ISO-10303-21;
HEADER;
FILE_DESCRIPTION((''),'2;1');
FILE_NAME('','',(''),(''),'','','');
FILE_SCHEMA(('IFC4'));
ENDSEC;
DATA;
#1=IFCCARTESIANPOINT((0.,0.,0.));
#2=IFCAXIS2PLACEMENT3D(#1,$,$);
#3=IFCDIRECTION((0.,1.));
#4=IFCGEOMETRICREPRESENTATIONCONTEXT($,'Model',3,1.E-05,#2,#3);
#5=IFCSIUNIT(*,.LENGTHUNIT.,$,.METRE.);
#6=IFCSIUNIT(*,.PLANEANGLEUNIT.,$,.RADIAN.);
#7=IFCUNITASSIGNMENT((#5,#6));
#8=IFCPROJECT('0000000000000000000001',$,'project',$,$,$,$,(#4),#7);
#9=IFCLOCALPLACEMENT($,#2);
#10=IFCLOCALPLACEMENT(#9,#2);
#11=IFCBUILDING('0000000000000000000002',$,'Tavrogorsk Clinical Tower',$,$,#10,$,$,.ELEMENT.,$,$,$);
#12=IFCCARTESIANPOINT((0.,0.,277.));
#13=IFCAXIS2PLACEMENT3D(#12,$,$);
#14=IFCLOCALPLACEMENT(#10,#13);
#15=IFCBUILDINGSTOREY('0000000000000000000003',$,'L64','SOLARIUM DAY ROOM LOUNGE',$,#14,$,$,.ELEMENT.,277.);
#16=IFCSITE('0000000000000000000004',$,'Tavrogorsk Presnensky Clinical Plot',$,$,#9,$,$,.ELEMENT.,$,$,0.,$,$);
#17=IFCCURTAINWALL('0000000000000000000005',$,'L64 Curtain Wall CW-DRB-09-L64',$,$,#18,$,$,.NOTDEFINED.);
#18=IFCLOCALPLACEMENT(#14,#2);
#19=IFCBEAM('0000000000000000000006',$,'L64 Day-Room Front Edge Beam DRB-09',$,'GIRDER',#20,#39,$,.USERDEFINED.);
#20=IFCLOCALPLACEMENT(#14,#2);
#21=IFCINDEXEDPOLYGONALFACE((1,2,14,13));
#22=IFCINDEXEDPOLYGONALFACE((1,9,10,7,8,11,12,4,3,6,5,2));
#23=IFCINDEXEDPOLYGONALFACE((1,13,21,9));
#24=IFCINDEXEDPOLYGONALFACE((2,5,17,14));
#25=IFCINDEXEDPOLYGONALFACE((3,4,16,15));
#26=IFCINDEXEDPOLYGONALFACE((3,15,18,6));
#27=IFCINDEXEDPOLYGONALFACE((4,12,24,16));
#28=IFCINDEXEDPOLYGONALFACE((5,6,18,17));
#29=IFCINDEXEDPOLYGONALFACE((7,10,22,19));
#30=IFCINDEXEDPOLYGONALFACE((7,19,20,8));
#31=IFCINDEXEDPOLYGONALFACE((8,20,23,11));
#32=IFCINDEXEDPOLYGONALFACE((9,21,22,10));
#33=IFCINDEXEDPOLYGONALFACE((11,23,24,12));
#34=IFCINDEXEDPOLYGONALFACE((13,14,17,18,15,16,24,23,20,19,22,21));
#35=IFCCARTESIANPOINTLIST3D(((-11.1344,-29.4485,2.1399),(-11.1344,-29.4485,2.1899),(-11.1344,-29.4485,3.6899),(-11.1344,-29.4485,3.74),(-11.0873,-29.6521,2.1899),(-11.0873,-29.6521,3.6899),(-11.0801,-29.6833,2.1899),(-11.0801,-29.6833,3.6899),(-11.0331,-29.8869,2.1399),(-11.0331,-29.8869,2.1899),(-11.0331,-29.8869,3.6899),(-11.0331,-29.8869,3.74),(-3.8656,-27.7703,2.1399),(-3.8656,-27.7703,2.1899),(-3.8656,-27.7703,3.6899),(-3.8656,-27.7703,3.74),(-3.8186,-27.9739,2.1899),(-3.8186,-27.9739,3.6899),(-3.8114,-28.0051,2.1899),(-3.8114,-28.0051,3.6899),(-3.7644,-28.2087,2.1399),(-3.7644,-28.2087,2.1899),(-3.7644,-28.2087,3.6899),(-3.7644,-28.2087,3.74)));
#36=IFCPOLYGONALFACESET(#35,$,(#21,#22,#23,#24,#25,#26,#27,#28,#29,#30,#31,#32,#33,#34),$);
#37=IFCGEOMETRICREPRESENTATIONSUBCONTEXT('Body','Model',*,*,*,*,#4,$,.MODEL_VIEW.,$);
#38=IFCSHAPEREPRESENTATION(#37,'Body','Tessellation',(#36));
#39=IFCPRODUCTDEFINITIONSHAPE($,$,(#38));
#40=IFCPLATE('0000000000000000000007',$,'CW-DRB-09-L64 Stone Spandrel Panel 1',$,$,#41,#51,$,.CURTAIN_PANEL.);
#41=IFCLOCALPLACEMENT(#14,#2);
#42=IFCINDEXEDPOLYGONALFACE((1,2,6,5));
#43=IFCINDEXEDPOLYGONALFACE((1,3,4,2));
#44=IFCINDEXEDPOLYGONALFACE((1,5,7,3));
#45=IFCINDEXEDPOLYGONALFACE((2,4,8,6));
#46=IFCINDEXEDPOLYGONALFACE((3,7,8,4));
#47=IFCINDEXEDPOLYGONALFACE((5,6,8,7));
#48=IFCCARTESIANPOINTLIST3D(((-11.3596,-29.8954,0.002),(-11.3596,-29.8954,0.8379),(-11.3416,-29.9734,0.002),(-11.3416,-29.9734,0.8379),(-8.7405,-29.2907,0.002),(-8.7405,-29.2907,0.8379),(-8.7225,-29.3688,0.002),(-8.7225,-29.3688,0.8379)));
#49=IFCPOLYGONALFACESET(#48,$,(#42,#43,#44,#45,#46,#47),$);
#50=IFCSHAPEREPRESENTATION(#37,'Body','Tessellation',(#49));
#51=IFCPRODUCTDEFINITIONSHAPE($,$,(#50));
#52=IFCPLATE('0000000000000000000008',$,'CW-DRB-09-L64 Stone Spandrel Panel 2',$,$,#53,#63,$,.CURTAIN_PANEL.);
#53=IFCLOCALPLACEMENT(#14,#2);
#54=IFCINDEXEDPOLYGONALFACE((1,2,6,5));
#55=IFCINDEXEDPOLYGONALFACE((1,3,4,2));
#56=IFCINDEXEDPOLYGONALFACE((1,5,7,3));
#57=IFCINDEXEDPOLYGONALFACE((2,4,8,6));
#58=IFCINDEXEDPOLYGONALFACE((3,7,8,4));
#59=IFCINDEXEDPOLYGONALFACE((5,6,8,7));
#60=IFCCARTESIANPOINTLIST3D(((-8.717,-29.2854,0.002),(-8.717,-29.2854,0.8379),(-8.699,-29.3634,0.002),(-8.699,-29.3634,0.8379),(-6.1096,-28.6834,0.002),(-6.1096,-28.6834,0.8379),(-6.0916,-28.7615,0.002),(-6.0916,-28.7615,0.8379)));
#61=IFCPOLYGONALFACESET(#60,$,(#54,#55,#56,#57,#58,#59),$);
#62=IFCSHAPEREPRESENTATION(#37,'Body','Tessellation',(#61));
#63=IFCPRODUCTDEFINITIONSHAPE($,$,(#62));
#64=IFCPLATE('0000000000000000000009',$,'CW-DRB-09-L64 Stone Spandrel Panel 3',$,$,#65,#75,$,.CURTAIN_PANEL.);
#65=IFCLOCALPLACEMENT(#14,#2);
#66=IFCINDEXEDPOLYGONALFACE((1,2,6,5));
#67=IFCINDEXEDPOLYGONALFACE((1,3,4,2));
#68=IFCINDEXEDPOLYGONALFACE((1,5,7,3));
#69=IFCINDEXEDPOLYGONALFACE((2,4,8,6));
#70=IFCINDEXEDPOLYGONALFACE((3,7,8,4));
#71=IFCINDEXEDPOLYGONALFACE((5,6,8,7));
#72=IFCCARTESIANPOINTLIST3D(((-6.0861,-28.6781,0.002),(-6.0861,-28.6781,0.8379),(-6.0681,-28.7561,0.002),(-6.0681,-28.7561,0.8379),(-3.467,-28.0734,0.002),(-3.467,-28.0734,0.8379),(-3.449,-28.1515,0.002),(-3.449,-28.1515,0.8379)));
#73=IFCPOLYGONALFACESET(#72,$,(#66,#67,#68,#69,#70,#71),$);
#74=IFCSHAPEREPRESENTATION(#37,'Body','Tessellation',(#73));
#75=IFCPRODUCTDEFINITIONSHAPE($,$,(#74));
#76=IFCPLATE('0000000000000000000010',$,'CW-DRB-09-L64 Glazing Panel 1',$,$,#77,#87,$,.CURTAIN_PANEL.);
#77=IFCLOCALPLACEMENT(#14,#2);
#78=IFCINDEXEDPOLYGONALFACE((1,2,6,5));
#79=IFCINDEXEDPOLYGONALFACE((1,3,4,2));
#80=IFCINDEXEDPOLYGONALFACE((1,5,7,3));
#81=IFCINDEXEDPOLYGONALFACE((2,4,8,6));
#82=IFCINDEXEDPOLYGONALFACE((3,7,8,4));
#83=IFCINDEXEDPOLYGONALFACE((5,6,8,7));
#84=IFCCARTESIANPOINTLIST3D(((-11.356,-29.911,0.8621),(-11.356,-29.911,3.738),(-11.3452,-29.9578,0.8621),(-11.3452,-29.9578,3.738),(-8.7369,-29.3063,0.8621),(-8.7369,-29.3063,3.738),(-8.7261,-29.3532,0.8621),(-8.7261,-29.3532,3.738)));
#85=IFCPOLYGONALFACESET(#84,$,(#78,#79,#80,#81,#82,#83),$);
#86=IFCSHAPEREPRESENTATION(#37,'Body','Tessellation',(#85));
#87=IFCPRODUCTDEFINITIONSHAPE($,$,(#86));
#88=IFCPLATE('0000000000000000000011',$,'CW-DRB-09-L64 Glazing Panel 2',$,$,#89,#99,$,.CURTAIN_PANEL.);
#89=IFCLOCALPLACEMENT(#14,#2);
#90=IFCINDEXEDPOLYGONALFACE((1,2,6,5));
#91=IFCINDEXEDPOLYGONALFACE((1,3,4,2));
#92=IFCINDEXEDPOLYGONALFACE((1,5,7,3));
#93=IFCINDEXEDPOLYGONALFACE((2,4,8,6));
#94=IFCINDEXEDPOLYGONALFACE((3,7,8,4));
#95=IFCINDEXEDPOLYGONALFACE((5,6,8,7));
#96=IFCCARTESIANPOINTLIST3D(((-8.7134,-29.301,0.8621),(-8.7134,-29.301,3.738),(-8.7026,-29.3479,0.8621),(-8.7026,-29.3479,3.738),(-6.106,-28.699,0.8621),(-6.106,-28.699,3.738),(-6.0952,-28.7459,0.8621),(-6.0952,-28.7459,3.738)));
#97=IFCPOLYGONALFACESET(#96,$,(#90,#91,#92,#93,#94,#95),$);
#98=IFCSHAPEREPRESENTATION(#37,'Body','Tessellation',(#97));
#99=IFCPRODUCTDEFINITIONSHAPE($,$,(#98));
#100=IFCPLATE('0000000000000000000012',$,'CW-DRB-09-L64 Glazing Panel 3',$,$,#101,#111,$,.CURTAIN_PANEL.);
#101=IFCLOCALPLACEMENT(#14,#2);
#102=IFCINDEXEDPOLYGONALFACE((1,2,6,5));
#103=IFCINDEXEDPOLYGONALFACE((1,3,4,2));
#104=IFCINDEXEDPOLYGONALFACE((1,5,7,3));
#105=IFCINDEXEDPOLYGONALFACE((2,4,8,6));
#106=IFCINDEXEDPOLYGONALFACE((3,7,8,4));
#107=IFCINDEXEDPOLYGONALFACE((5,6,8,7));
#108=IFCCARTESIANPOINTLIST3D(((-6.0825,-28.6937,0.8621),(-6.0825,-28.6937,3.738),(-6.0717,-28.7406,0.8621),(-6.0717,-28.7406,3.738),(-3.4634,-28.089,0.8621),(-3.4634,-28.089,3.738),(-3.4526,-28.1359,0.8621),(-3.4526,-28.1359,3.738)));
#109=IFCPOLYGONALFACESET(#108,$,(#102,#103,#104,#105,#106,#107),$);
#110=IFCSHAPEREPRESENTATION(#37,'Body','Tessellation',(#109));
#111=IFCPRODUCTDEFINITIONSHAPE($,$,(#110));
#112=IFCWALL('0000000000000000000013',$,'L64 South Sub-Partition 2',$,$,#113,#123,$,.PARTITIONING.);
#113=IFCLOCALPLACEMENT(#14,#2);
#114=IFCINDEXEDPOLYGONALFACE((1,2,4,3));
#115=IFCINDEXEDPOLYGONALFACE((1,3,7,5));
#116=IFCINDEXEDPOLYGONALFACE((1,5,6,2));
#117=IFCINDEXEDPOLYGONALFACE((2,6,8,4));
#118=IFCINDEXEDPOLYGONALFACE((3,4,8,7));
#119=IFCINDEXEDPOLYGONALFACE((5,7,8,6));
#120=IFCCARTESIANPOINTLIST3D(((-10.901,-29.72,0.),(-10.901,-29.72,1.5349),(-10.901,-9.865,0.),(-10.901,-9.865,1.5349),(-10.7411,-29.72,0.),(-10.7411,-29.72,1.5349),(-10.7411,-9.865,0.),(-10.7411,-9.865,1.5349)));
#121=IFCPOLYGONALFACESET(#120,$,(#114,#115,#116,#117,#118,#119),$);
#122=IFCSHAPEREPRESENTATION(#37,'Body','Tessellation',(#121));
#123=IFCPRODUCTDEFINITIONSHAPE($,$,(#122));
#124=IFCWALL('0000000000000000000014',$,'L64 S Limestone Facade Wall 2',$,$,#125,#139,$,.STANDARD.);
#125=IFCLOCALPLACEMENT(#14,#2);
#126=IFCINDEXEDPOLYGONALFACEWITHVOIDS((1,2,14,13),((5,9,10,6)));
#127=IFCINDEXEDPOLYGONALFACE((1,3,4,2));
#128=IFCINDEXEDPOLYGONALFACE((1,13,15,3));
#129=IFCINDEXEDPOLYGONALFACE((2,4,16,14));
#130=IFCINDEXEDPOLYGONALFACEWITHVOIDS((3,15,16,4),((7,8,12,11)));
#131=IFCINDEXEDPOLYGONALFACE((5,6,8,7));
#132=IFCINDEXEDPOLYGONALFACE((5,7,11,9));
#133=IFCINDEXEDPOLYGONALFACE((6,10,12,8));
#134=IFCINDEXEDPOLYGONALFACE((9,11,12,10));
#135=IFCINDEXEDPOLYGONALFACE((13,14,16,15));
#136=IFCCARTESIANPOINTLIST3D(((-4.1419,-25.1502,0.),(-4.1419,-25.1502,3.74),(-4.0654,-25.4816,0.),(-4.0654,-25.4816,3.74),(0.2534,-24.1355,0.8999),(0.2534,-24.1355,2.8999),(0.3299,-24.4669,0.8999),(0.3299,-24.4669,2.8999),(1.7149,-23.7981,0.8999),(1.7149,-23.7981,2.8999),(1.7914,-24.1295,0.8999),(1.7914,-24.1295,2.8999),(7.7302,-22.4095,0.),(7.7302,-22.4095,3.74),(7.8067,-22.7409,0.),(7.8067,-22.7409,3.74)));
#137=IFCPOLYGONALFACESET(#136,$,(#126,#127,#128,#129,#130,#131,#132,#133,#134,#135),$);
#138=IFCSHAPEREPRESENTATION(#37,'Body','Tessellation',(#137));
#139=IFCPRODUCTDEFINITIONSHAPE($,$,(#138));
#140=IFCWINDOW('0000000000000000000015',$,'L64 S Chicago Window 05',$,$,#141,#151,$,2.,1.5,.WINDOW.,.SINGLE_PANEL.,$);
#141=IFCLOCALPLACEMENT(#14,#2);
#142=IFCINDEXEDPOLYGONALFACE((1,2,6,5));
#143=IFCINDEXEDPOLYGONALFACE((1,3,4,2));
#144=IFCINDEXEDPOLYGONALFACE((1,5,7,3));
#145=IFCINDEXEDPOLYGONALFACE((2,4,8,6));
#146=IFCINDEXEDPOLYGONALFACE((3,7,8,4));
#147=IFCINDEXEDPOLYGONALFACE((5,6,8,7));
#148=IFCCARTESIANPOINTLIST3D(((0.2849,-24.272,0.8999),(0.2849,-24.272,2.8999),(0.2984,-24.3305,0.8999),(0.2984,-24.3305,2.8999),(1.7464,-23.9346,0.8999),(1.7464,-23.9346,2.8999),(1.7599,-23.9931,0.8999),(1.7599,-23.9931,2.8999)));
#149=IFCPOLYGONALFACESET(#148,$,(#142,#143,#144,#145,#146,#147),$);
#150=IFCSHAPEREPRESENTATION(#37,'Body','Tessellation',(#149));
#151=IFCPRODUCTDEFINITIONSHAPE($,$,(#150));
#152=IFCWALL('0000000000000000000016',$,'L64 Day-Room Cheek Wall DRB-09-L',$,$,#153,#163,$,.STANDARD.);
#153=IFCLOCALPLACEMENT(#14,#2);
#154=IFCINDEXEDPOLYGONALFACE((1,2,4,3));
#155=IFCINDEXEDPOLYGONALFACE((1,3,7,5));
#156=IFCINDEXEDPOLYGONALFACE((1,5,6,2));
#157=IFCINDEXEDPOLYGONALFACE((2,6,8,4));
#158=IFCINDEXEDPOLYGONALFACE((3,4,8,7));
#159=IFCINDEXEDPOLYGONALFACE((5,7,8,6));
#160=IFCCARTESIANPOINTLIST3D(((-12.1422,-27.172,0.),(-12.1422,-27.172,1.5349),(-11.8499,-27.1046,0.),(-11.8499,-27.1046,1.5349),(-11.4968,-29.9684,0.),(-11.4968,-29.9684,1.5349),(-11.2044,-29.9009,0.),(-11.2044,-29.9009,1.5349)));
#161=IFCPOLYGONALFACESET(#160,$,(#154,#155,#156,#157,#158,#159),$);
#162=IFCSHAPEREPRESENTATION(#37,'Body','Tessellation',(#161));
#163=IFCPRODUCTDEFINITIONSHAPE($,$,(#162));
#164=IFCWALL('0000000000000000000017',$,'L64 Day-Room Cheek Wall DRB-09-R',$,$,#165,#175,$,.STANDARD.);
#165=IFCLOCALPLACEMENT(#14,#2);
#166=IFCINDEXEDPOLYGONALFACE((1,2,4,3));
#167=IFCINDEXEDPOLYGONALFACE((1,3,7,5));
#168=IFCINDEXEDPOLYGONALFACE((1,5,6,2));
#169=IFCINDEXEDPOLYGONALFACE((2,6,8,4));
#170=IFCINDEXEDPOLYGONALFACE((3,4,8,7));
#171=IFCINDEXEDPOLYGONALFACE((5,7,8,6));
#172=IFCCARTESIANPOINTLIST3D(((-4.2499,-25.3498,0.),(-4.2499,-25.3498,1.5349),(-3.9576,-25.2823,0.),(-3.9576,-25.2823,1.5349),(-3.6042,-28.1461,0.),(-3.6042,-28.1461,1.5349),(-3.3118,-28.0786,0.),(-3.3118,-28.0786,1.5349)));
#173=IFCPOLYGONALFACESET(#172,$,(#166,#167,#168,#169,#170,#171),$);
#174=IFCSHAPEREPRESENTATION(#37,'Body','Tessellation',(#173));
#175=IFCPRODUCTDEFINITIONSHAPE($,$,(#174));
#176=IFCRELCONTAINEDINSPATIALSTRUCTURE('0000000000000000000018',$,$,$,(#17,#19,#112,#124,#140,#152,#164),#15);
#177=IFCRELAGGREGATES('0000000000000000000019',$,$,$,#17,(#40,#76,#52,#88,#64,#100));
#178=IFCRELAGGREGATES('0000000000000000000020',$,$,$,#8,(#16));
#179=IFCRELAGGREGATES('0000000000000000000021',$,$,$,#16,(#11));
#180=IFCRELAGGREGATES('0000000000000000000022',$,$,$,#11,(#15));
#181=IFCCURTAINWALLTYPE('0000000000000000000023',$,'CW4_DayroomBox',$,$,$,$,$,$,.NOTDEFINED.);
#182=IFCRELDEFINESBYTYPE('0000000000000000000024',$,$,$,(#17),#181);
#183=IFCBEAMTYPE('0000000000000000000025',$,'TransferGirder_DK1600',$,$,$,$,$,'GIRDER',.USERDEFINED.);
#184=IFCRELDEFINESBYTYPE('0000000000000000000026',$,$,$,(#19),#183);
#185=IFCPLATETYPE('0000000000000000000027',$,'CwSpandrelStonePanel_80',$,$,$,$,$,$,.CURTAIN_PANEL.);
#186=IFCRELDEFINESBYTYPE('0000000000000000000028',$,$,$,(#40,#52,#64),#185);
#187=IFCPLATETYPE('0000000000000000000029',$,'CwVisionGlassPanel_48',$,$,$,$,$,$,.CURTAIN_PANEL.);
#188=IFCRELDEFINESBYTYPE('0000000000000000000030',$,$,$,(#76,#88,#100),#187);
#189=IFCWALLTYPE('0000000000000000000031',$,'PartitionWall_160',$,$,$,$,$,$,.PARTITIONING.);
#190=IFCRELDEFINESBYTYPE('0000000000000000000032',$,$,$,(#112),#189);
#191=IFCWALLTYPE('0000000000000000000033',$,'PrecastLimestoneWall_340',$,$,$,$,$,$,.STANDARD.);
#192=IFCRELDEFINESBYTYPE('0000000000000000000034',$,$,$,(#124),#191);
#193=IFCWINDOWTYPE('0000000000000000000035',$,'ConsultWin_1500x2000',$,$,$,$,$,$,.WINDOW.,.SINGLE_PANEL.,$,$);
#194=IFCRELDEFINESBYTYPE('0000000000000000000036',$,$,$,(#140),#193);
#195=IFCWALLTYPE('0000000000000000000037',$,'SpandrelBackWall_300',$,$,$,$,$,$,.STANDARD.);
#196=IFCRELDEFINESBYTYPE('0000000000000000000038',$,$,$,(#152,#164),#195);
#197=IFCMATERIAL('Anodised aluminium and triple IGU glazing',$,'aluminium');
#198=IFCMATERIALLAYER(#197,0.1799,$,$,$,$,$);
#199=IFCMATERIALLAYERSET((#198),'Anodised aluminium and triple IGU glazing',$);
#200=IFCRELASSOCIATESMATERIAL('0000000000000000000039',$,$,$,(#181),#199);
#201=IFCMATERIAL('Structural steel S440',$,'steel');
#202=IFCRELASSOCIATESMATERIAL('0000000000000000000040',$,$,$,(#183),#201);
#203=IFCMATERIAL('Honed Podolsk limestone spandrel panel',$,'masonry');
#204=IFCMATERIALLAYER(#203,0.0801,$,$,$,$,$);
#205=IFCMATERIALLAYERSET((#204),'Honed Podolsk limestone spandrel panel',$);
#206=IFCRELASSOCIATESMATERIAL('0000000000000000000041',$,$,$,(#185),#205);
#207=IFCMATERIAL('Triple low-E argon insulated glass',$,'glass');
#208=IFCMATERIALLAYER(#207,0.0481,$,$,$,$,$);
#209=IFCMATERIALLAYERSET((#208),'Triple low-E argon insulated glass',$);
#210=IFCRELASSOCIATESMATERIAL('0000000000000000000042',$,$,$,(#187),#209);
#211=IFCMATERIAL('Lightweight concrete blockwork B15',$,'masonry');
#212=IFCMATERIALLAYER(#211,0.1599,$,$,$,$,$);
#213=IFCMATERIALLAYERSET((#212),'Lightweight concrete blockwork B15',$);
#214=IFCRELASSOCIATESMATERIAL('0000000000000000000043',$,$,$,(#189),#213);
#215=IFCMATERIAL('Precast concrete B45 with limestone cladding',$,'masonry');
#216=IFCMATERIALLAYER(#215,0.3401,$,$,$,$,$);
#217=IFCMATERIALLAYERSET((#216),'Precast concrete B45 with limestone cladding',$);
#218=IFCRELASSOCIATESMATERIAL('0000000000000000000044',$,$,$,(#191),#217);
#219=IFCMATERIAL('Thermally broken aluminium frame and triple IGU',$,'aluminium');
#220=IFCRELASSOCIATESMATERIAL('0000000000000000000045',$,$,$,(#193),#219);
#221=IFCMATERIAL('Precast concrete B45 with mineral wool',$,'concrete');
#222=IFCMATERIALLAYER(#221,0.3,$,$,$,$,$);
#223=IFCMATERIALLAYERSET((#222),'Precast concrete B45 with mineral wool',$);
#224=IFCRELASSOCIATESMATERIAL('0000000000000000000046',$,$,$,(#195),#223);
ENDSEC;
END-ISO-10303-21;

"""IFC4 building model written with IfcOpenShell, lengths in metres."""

from ifc_helpers import new_model, si_unit, direction, frame, frame_2d, origin, origin_2d, place, context, subcontext, project, spatial, rectangle, i_section, extrude, material, layer, layer_set, material_profile, profile_set, type_object, element, fill, aggregate, save


model = new_model("IFC4")

# Units and contexts
model_context = context("Model", 3, precision=1e-05, world=origin(), true_north=direction((0.0, 1.0)))
body_context = subcontext(model_context, "Body", "Model", "MODEL_VIEW")
ifc_project = project(units=[si_unit("LENGTHUNIT", "METRE"), si_unit("PLANEANGLEUNIT", "RADIAN")], contexts=[model_context])

# Site, building, storey
site_placement = place(None, origin())
site = spatial("IfcSite", under=ifc_project, at=site_placement, Name="Tavrogorsk Presnensky Clinical Plot", CompositionType="ELEMENT", RefElevation=0.0)
building_placement = place(site_placement, origin())
building = spatial("IfcBuilding", under=site, at=building_placement, Name="Tavrogorsk Clinical Tower", CompositionType="ELEMENT")
storey_placement = place(building_placement, frame((0.0, 0.0, 277.0)))
storey = spatial("IfcBuildingStorey", under=building, at=storey_placement, Name="L64", Description="SOLARIUM DAY ROOM LOUNGE", CompositionType="ELEMENT", Elevation=277.0)

# Curtain wall
ifc_material_1 = material(Name="Anodised aluminium and triple IGU glazing", Category="aluminium")
ifc_layer_1 = layer(ifc_material_1, 0.1799)
ifc_layer_set_1 = layer_set([ifc_layer_1], Name="Anodised aluminium and triple IGU glazing")
curtain_wall_type = type_object("IfcCurtainWallType", Name="CW4_DayroomBox", PredefinedType="NOTDEFINED", material=ifc_layer_set_1)
curtain_wall_placement = place(storey_placement, origin())
curtain_wall = element("IfcCurtainWall", 1, at=curtain_wall_placement, inside=storey, type_object=curtain_wall_type, Name="L64 Curtain Wall CW-DRB-09-L64", PredefinedType="NOTDEFINED")

# Beam
ifc_material_2 = material(Name="Structural steel S440", Category="steel")
ifc_material_profile_1 = material_profile(ifc_material_2, i_section(OverallWidth=0.45, OverallDepth=1.6001, WebThickness=0.032, FlangeThickness=0.05, at=origin_2d()), Name="DK-1600x450x32x50")
ifc_profile_set_1 = profile_set([ifc_material_profile_1], Name="Structural steel S440")
beam_type_1 = type_object("IfcBeamType", Name="TransferGirder_DK1600", ElementType="GIRDER", PredefinedType="USERDEFINED", material=ifc_profile_set_1)
beam_1_placement = place(storey_placement, frame((-11.0837, -29.6677, 2.9399), z_axis=(0.974367, 0.224962, 0.0), x_axis=(-0.224962, 0.974367, 0.0)))
element("IfcBeam", 2, at=beam_1_placement, inside=storey, type_object=beam_type_1, Name="L64 Day-Room Front Edge Beam DRB-09", ObjectType="GIRDER", PredefinedType="USERDEFINED", context=body_context, shape_type="SweptSolid", body=[
    extrude(i_section(OverallWidth=0.45, OverallDepth=1.6001, WebThickness=0.032, FlangeThickness=0.05, at=origin_2d()), origin(), (0.0, 0.0, 1.0), 7.46),
])

# Plates
ifc_material_3 = material(Name="Honed Podolsk limestone spandrel panel", Category="masonry")
ifc_layer_2 = layer(ifc_material_3, 0.0801)
ifc_layer_set_2 = layer_set([ifc_layer_2], Name="Honed Podolsk limestone spandrel panel")
plate_type_1 = type_object("IfcPlateType", Name="CwSpandrelStonePanel_80", PredefinedType="CURTAIN_PANEL", material=ifc_layer_set_2)
plate_1_placement = place(storey_placement, frame((-10.041, -29.6321, 0.002), z_axis=(0.0, 0.0, 1.0), x_axis=(0.97437, 0.224951, 0.0)))
plate_1 = element("IfcPlate", 3, at=plate_1_placement, type_object=plate_type_1, Name="CW-DRB-09-L64 Stone Spandrel Panel 1", PredefinedType="CURTAIN_PANEL", context=body_context, shape_type="SweptSolid", body=[
    extrude(rectangle(XDim=2.688, YDim=0.0801, at=origin_2d()), origin(), (0.0, 0.0, 1.0), 0.8359),
])
plate_2_placement = place(storey_placement, frame((-7.4043, -29.0234, 0.002), z_axis=(0.0, 0.0, 1.0), x_axis=(0.97437, 0.224951, 0.0)))
plate_2 = element("IfcPlate", 4, at=plate_2_placement, type_object=plate_type_1, Name="CW-DRB-09-L64 Stone Spandrel Panel 2", PredefinedType="CURTAIN_PANEL", context=body_context, shape_type="SweptSolid", body=[
    extrude(rectangle(XDim=2.676, YDim=0.0801, at=origin_2d()), origin(), (0.0, 0.0, 1.0), 0.8359),
])
plate_3_placement = place(storey_placement, frame((-4.7676, -28.4148, 0.002), z_axis=(0.0, 0.0, 1.0), x_axis=(0.97437, 0.224951, 0.0)))
plate_3 = element("IfcPlate", 5, at=plate_3_placement, type_object=plate_type_1, Name="CW-DRB-09-L64 Stone Spandrel Panel 3", PredefinedType="CURTAIN_PANEL", context=body_context, shape_type="SweptSolid", body=[
    extrude(rectangle(XDim=2.688, YDim=0.0801, at=origin_2d()), origin(), (0.0, 0.0, 1.0), 0.8359),
])
ifc_material_4 = material(Name="Triple low-E argon insulated glass", Category="glass")
ifc_layer_3 = layer(ifc_material_4, 0.0481)
ifc_layer_set_3 = layer_set([ifc_layer_3], Name="Triple low-E argon insulated glass")
plate_type_2 = type_object("IfcPlateType", Name="CwVisionGlassPanel_48", PredefinedType="CURTAIN_PANEL", material=ifc_layer_set_3)
plate_4_placement = place(storey_placement, frame((-10.041, -29.6321, 0.8621), z_axis=(0.0, 0.0, 1.0), x_axis=(0.97437, 0.224951, 0.0)))
plate_4 = element("IfcPlate", 6, at=plate_4_placement, type_object=plate_type_2, Name="CW-DRB-09-L64 Glazing Panel 1", PredefinedType="CURTAIN_PANEL", context=body_context, shape_type="SweptSolid", body=[
    extrude(rectangle(XDim=2.688, YDim=0.0481, at=origin_2d()), origin(), (0.0, 0.0, 1.0), 2.876),
])
plate_5_placement = place(storey_placement, frame((-7.4043, -29.0234, 0.8621), z_axis=(0.0, 0.0, 1.0), x_axis=(0.97437, 0.224951, 0.0)))
plate_5 = element("IfcPlate", 7, at=plate_5_placement, type_object=plate_type_2, Name="CW-DRB-09-L64 Glazing Panel 2", PredefinedType="CURTAIN_PANEL", context=body_context, shape_type="SweptSolid", body=[
    extrude(rectangle(XDim=2.676, YDim=0.0481, at=origin_2d()), origin(), (0.0, 0.0, 1.0), 2.876),
])
plate_6_placement = place(storey_placement, frame((-4.7676, -28.4148, 0.8621), z_axis=(0.0, 0.0, 1.0), x_axis=(0.97437, 0.224951, 0.0)))
plate_6 = element("IfcPlate", 8, at=plate_6_placement, type_object=plate_type_2, Name="CW-DRB-09-L64 Glazing Panel 3", PredefinedType="CURTAIN_PANEL", context=body_context, shape_type="SweptSolid", body=[
    extrude(rectangle(XDim=2.688, YDim=0.0481, at=origin_2d()), origin(), (0.0, 0.0, 1.0), 2.876),
])
aggregate(curtain_wall, [plate_1, plate_4, plate_2, plate_5, plate_3, plate_6])

# Wall
ifc_material_5 = material(Name="Lightweight concrete blockwork B15", Category="masonry")
ifc_layer_4 = layer(ifc_material_5, 0.1599)
ifc_layer_set_4 = layer_set([ifc_layer_4], Name="Lightweight concrete blockwork B15")
wall_type_1 = type_object("IfcWallType", Name="PartitionWall_160", PredefinedType="PARTITIONING", material=ifc_layer_set_4)
wall_1_placement = place(storey_placement, frame((-10.821, -29.72, 0.0), z_axis=(0.0, 0.0, 1.0), x_axis=(0.0, 1.0, 0.0)))
element("IfcWall", 9, at=wall_1_placement, inside=storey, type_object=wall_type_1, Name="L64 South Sub-Partition 2", PredefinedType="PARTITIONING", context=body_context, shape_type="SweptSolid", body=[
    extrude(rectangle(XDim=19.855, YDim=0.1599, at=frame_2d((9.9275, 0.0))), origin(), (0.0, 0.0, 1.0), 1.5349),
])

# Wall, opening, window
ifc_material_6 = material(Name="Precast concrete B45 with limestone cladding", Category="masonry")
ifc_layer_5 = layer(ifc_material_6, 0.3401)
ifc_layer_set_5 = layer_set([ifc_layer_5], Name="Precast concrete B45 with limestone cladding")
wall_type_2 = type_object("IfcWallType", Name="PrecastLimestoneWall_340", PredefinedType="STANDARD", material=ifc_layer_set_5)
wall_2_placement = place(storey_placement, frame((-4.1038, -25.3159, 0.0), z_axis=(0.0, 0.0, 1.0), x_axis=(0.974373, 0.224939, 0.0)))
wall_2 = element("IfcWall", 10, at=wall_2_placement, inside=storey, type_object=wall_type_2, Name="L64 S Limestone Facade Wall 2", PredefinedType="STANDARD", context=body_context, shape_type="SweptSolid", body=[
    extrude(rectangle(XDim=12.1843, YDim=0.3401, at=frame_2d((6.0923, 0.0))), origin(), (0.0, 0.0, 1.0), 3.74),
])
opening_placement = place(wall_2_placement, frame((4.511, 0.0, 0.8999)))
opening = element("IfcOpeningElement", 11, at=opening_placement, cuts=wall_2, PredefinedType="OPENING", context=body_context, shape_type="SweptSolid", body=[
    extrude(rectangle(XDim=1.5, YDim=2.0, at=frame_2d((0.75, 1.0))), frame((0.0, 0.1799, 0.0), z_axis=(0.0, -1.0, 0.0), x_axis=(1.0, 0.0, 0.0)), (0.0, 0.0, 1.0), 0.3601),
])
ifc_material_7 = material(Name="Thermally broken aluminium frame and triple IGU", Category="aluminium")
window_type = type_object("IfcWindowType", Name="ConsultWin_1500x2000", PartitioningType="SINGLE_PANEL", PredefinedType="WINDOW", material=ifc_material_7)
window_placement = place(opening_placement, origin())
window = element("IfcWindow", 12, at=window_placement, inside=storey, type_object=window_type, Name="L64 S Chicago Window 05", OverallHeight=2.0, OverallWidth=1.5, PartitioningType="SINGLE_PANEL", PredefinedType="WINDOW", context=body_context, shape_type="SweptSolid", body=[
    extrude(rectangle(XDim=1.5, YDim=2.0, at=frame_2d((0.75, 1.0))), frame((0.0, 0.03, 0.0), z_axis=(0.0, -1.0, 0.0), x_axis=(1.0, 0.0, 0.0)), (0.0, 0.0, 1.0), 0.0601),
])
fill(opening, window)

# Walls
ifc_material_8 = material(Name="Precast concrete B45 with mineral wool", Category="concrete")
ifc_layer_6 = layer(ifc_material_8, 0.3)
ifc_layer_set_6 = layer_set([ifc_layer_6], Name="Precast concrete B45 with mineral wool")
wall_type_3 = type_object("IfcWallType", Name="SpandrelBackWall_300", PredefinedType="STANDARD", material=ifc_layer_set_6)
for number, where, z_axis, x_axis, name in (
    (13, (-11.9961, -27.1382, 0.0), (0.0, 0.0, 1.0), (0.224922, -0.974377, 0.0), "L64 Day-Room Cheek Wall DRB-09-L"),
    (14, (-4.1038, -25.3159, 0.0), (0.0, 0.0, 1.0), (0.225002, -0.974358, 0.0), "L64 Day-Room Cheek Wall DRB-09-R"),
):
    element("IfcWall", number, at=place(storey_placement, frame(where, z_axis=z_axis, x_axis=x_axis)), inside=storey, type_object=wall_type_3, Name=name, PredefinedType="STANDARD", context=body_context, shape_type="SweptSolid", body=[
        extrude(rectangle(XDim=2.8699, YDim=0.3, at=frame_2d((1.4351, 0.0))), origin(), (0.0, 0.0, 1.0), 1.5349),
    ])

save(model, "model.ifc")
